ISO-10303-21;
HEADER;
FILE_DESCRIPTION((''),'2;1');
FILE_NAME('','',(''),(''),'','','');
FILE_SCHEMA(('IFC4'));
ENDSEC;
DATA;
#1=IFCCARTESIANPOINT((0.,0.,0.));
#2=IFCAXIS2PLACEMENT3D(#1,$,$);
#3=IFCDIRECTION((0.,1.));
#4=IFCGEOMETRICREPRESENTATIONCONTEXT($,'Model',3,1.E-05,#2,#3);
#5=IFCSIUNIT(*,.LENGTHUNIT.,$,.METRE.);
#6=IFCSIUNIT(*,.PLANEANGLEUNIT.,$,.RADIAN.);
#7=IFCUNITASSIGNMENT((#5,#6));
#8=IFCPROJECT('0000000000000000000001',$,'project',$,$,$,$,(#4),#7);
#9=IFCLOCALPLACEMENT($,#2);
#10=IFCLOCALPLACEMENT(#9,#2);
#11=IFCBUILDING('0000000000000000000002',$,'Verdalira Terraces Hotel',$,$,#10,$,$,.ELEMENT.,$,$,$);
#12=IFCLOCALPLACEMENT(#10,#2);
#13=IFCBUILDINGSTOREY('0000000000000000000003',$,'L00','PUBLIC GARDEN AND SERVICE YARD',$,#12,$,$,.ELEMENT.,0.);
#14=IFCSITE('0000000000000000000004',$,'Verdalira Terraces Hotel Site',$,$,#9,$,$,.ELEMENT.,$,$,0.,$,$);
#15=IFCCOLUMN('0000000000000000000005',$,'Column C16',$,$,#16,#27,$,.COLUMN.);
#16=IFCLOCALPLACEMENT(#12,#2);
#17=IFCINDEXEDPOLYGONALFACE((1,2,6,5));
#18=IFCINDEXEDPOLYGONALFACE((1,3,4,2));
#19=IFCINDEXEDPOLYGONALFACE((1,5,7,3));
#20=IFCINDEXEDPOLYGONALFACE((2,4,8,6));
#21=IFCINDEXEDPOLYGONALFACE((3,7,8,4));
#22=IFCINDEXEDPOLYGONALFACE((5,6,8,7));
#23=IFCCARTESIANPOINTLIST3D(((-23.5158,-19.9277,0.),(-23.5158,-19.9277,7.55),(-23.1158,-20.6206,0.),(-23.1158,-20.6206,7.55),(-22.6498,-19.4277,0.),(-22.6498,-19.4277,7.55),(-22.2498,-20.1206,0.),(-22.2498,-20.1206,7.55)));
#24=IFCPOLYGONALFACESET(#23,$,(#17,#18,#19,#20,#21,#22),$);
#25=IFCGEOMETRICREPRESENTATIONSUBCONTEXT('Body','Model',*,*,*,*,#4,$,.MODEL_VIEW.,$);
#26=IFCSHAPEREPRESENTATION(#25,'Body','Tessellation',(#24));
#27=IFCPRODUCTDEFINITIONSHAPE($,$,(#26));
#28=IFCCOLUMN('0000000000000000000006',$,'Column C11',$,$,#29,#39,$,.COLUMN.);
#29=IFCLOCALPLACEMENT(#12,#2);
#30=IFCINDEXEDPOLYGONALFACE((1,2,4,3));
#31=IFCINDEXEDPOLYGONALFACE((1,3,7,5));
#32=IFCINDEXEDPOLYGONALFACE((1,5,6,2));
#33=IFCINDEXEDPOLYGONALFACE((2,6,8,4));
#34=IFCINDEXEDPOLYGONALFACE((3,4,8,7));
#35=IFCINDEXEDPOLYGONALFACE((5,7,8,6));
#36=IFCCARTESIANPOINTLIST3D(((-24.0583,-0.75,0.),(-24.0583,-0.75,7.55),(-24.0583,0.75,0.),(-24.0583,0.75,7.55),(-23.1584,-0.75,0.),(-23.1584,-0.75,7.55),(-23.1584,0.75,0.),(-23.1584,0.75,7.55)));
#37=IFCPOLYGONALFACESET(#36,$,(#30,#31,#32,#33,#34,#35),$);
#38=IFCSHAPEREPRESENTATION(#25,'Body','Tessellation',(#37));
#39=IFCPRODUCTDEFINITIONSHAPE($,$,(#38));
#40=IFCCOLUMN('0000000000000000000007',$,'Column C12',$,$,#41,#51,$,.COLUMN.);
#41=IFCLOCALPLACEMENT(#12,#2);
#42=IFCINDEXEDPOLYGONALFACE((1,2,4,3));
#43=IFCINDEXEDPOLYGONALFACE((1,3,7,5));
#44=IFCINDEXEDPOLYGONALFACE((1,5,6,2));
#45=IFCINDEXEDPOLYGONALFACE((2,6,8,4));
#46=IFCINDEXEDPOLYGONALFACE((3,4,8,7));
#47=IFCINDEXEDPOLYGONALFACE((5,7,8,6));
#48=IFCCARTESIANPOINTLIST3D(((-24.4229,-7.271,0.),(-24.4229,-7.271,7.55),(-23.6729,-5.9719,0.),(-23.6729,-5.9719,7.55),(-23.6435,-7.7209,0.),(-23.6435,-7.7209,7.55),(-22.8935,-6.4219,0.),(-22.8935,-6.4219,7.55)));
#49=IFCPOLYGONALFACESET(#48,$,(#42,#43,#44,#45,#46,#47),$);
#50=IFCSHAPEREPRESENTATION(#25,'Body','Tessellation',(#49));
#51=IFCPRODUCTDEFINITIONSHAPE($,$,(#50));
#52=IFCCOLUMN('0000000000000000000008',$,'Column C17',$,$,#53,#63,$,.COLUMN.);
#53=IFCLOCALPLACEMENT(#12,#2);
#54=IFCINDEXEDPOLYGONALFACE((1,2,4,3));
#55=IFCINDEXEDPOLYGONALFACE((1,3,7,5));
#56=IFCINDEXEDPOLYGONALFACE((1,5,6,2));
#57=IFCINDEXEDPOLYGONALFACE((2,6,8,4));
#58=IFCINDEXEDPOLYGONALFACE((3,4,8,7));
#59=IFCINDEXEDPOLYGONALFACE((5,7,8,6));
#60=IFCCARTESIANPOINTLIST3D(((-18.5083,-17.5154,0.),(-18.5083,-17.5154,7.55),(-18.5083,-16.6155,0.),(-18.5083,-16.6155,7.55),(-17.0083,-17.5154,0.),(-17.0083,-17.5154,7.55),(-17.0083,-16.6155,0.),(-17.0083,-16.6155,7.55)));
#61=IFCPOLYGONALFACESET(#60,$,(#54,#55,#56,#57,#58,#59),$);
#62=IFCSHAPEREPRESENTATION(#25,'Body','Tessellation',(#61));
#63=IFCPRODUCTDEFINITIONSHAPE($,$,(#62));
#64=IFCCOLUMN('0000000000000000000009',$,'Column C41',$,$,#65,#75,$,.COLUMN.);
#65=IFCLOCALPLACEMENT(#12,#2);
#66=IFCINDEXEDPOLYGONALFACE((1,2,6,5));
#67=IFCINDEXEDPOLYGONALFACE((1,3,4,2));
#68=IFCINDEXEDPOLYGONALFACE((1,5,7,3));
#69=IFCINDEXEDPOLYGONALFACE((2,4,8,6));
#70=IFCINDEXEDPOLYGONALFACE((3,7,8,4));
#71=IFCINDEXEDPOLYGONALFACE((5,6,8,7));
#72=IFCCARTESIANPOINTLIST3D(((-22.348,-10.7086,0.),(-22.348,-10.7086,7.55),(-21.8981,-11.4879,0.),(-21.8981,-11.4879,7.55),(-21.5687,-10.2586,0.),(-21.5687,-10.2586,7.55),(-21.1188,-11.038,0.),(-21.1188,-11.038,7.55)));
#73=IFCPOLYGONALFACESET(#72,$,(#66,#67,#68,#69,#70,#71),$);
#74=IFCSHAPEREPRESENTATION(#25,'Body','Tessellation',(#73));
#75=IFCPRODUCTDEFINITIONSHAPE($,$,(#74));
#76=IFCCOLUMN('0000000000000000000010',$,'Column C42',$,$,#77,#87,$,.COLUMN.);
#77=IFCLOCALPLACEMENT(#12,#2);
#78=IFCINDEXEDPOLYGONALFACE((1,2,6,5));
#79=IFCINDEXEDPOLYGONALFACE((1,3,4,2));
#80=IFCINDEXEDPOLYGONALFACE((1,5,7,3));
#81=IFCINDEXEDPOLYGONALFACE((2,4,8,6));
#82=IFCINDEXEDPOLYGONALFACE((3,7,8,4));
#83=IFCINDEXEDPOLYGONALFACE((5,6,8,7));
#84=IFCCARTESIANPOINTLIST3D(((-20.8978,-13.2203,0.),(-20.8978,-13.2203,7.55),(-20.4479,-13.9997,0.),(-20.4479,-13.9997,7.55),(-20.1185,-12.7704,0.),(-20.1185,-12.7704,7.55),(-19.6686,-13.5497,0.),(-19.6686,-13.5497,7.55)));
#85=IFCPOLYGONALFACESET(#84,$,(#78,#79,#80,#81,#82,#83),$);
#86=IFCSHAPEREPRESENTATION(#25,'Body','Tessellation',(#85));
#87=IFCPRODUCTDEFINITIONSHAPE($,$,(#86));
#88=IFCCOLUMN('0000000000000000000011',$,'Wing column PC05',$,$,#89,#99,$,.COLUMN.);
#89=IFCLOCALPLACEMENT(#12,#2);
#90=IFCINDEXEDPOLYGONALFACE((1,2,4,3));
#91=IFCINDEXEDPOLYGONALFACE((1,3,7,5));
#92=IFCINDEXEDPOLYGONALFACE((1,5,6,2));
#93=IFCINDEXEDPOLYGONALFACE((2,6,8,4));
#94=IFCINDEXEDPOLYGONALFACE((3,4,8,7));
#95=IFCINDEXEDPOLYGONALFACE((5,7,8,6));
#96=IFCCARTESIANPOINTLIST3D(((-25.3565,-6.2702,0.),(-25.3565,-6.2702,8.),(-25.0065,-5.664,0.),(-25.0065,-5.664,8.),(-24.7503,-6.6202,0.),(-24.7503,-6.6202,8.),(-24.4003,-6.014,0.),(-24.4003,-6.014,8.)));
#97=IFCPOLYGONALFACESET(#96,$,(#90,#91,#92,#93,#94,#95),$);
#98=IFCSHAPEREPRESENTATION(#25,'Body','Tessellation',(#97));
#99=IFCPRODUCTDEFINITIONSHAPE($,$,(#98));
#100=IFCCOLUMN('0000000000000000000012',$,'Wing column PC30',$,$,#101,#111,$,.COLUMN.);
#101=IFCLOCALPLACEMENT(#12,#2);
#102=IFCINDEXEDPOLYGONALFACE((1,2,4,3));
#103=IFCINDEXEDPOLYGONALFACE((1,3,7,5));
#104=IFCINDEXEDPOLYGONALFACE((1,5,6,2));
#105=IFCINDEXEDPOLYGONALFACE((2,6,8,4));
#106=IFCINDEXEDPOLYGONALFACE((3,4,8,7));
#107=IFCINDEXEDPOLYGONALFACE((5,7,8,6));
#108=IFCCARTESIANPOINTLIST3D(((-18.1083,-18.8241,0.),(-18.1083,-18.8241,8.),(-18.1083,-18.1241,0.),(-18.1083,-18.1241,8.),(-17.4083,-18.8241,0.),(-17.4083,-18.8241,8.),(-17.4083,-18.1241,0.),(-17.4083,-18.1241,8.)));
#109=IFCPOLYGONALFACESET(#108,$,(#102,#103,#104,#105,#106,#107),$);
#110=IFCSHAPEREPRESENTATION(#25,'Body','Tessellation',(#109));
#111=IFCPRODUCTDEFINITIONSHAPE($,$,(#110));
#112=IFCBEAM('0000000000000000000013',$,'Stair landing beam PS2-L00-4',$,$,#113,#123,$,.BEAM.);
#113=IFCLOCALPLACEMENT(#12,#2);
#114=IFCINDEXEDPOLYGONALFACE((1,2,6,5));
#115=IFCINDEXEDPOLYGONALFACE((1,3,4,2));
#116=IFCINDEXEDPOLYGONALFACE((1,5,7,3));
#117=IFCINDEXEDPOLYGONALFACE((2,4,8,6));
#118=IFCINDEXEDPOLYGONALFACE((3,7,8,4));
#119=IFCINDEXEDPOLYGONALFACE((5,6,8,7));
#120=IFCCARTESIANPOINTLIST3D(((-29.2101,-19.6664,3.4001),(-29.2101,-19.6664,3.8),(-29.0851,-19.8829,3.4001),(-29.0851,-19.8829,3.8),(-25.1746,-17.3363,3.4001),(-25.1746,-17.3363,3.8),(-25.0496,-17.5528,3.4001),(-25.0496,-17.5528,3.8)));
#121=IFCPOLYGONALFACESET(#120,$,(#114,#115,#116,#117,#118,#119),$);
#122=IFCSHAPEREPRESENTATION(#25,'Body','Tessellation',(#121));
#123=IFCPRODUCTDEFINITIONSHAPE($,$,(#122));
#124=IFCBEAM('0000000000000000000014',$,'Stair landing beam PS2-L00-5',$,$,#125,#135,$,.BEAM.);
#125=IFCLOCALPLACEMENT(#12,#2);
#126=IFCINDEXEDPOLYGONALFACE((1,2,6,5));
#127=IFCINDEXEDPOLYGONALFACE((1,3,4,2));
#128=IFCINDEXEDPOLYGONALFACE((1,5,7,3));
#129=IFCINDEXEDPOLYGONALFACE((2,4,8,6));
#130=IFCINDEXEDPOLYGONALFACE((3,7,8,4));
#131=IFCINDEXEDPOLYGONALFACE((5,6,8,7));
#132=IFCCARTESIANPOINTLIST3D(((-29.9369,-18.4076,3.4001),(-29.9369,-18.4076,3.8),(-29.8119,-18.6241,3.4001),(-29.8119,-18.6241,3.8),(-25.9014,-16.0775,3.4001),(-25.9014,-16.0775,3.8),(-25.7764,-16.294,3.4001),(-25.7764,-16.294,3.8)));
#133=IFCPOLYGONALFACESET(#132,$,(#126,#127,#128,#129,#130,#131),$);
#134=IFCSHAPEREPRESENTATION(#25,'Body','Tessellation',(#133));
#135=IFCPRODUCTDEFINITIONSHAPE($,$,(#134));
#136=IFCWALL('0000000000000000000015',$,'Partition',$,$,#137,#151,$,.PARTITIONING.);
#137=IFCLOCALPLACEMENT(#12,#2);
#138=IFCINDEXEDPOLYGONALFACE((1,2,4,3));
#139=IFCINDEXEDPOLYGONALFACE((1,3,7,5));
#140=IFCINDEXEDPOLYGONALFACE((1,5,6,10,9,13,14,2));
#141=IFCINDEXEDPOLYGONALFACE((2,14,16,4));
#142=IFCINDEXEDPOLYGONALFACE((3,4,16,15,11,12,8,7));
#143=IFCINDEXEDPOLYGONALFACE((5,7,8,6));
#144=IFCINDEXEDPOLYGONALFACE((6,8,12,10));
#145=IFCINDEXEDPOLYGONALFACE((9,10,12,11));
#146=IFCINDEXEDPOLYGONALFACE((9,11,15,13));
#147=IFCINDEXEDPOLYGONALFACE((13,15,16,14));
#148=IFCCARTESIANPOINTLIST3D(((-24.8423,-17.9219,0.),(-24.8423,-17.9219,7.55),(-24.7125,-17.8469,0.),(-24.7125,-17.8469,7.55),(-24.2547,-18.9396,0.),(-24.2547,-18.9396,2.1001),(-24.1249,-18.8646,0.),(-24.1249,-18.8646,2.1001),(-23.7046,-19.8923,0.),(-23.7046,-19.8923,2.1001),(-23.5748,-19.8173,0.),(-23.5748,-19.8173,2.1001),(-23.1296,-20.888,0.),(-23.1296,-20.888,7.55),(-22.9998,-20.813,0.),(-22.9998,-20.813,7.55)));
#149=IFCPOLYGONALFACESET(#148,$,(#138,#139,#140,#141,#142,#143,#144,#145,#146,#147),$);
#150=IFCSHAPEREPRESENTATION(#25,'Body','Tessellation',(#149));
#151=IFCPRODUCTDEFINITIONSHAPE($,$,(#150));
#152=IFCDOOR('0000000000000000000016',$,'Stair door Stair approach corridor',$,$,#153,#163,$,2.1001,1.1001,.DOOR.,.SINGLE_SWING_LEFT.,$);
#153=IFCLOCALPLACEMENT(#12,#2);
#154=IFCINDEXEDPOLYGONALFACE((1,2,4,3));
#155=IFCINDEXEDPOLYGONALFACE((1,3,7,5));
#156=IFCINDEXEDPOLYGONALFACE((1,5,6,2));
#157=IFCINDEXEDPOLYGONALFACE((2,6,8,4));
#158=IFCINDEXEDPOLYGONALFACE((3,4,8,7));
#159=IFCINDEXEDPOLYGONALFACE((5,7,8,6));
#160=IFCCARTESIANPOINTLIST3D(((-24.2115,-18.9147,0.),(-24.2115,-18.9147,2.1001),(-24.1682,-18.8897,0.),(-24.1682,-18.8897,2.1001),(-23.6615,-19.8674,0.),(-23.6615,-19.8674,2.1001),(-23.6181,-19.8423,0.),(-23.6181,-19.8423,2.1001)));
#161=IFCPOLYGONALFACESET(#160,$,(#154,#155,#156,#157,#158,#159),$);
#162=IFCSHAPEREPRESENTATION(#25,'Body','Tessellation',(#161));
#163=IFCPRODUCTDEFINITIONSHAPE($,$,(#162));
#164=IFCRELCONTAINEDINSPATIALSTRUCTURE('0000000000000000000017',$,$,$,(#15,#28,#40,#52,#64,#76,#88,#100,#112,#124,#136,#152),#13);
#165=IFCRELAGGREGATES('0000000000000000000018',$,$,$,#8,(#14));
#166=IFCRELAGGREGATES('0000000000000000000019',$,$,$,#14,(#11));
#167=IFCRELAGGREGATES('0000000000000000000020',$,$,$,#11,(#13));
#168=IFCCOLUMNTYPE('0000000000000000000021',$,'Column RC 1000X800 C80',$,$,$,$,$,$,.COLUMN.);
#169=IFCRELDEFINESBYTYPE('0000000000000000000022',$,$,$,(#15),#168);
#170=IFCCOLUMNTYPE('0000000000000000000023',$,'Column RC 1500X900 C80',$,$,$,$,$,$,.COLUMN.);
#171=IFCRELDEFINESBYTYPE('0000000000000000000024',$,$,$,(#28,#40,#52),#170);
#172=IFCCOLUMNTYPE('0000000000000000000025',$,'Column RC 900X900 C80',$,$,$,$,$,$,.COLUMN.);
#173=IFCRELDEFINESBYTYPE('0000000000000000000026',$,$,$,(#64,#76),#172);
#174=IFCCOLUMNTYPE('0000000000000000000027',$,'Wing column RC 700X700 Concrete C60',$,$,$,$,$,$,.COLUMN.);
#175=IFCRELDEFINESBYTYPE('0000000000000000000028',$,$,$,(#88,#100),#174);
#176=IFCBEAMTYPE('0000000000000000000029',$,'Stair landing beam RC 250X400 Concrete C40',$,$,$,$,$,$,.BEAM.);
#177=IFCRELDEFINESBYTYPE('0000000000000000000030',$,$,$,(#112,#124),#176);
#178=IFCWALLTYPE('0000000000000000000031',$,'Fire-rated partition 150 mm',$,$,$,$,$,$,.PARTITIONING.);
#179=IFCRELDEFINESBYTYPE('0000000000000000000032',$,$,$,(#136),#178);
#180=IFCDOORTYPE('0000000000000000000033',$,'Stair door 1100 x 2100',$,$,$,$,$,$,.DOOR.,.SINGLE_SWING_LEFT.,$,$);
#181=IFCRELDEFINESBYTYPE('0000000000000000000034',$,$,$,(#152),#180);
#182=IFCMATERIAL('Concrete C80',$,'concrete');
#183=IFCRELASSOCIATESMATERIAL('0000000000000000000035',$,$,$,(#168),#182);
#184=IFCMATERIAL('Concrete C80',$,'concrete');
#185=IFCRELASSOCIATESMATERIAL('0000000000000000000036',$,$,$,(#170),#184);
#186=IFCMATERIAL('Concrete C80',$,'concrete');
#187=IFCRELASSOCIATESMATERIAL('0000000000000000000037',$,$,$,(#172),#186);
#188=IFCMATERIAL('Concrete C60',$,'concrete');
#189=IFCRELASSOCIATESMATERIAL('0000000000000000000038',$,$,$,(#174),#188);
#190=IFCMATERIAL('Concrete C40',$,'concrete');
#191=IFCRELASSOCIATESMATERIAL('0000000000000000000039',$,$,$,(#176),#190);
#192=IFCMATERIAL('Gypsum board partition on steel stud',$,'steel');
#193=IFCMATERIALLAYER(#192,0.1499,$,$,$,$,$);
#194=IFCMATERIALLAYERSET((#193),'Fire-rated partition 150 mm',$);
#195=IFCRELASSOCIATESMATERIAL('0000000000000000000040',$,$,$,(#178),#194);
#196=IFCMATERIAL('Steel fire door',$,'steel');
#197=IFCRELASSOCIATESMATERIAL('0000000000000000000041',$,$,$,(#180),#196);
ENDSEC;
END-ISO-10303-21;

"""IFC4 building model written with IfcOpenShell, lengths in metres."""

from ifc_helpers import new_model, si_unit, direction, frame, frame_2d, origin, origin_2d, place, context, subcontext, project, spatial, rectangle, extrude, material, layer, layer_set, material_profile, profile_set, type_object, element, fill, save


model = new_model("IFC4")

# Units and contexts
model_context = context("Model", 3, precision=1e-05, world=origin(), true_north=direction((0.0, 1.0)))
body_context = subcontext(model_context, "Body", "Model", "MODEL_VIEW")
ifc_project = project(units=[si_unit("LENGTHUNIT", "METRE"), si_unit("PLANEANGLEUNIT", "RADIAN")], contexts=[model_context])

# Site, building, storey
site_placement = place(None, origin())
site = spatial("IfcSite", under=ifc_project, at=site_placement, Name="Verdalira Terraces Hotel Site", CompositionType="ELEMENT", RefElevation=0.0)
building_placement = place(site_placement, origin())
building = spatial("IfcBuilding", under=site, at=building_placement, Name="Verdalira Terraces Hotel", CompositionType="ELEMENT")
storey_placement = place(building_placement, origin())
storey = spatial("IfcBuildingStorey", under=building, at=storey_placement, Name="L00", Description="PUBLIC GARDEN AND SERVICE YARD", CompositionType="ELEMENT", Elevation=0.0)

# Columns
ifc_material_1 = material(Name="Concrete C80", Category="concrete")
ifc_material_profile_1 = material_profile(ifc_material_1, rectangle(XDim=1.0, YDim=0.8, at=origin_2d()), Name="RC 1000X800")
ifc_profile_set_1 = profile_set([ifc_material_profile_1], Name="Concrete C80")
column_type_1 = type_object("IfcColumnType", Name="Column RC 1000X800 C80", PredefinedType="COLUMN", material=ifc_profile_set_1)
column_placement = place(storey_placement, frame((-22.8828, -20.0242, 0.0), z_axis=(0.0, 0.0, 1.0), x_axis=(0.866025, 0.5, 0.0)))
element("IfcColumn", 1, at=column_placement, inside=storey, type_object=column_type_1, Name="Column C16", PredefinedType="COLUMN", context=body_context, shape_type="SweptSolid", body=[
    extrude(rectangle(XDim=1.0, YDim=0.8, at=origin_2d()), origin(), (0.0, 0.0, 1.0), 7.55),
])
ifc_material_2 = material(Name="Concrete C80", Category="concrete")
ifc_material_profile_2 = material_profile(ifc_material_2, rectangle(XDim=1.5, YDim=0.8999, at=origin_2d()), Name="RC 1500X900")
ifc_profile_set_2 = profile_set([ifc_material_profile_2], Name="Concrete C80")
column_type_2 = type_object("IfcColumnType", Name="Column RC 1500X900 C80", PredefinedType="COLUMN", material=ifc_profile_set_2)
for number, where, z_axis, x_axis, name in (
    (2, (-23.6084, 0.0, 0.0), (0.0, 0.0, 1.0), (0.0, -1.0, 0.0), "Column C11"),
    (3, (-23.6582, -6.8464, 0.0), (0.0, 0.0, 1.0), (0.5, 0.866025, 0.0), "Column C12"),
    (4, (-17.7583, -17.0654, 0.0), (0.0, 0.0, 1.0), (-1.0, 0.0, 0.0), "Column C17"),
):
    element("IfcColumn", number, at=place(storey_placement, frame(where, z_axis=z_axis, x_axis=x_axis)), inside=storey, type_object=column_type_2, Name=name, PredefinedType="COLUMN", context=body_context, shape_type="SweptSolid", body=[
        extrude(rectangle(XDim=1.5, YDim=0.8999, at=origin_2d()), origin(), (0.0, 0.0, 1.0), 7.55),
    ])
ifc_material_3 = material(Name="Concrete C80", Category="concrete")
ifc_material_profile_3 = material_profile(ifc_material_3, rectangle(XDim=0.8999, YDim=0.8999, at=origin_2d()), Name="RC 900X900")
ifc_profile_set_3 = profile_set([ifc_material_profile_3], Name="Concrete C80")
column_type_3 = type_object("IfcColumnType", Name="Column RC 900X900 C80", PredefinedType="COLUMN", material=ifc_profile_set_3)
for number, where, z_axis, x_axis, name in (
    (5, (-21.7334, -10.8733, 0.0), (0.0, 0.0, 1.0), (-0.866025, -0.5, 0.0), "Column C41"),
    (6, (-20.2832, -13.385, 0.0), (0.0, 0.0, 1.0), (-0.866025, -0.5, 0.0), "Column C42"),
):
    element("IfcColumn", number, at=place(storey_placement, frame(where, z_axis=z_axis, x_axis=x_axis)), inside=storey, type_object=column_type_3, Name=name, PredefinedType="COLUMN", context=body_context, shape_type="SweptSolid", body=[
        extrude(rectangle(XDim=0.8999, YDim=0.8999, at=origin_2d()), origin(), (0.0, 0.0, 1.0), 7.55),
    ])
ifc_material_4 = material(Name="Concrete C60", Category="concrete")
ifc_material_profile_4 = material_profile(ifc_material_4, rectangle(XDim=0.7, YDim=0.7, at=origin_2d()), Name="RC 700X700")
ifc_profile_set_4 = profile_set([ifc_material_profile_4], Name="Concrete C60")
column_type_4 = type_object("IfcColumnType", Name="Wing column RC 700X700 Concrete C60", PredefinedType="COLUMN", material=ifc_profile_set_4)
for number, where, z_axis, x_axis, name in (
    (7, (-24.8784, -6.1421, 0.0), (0.0, 0.0, 1.0), (-0.866025, 0.5, 0.0), "Wing column PC05"),
    (8, (-17.7583, -18.4741, 0.0), (0.0, 0.0, 1.0), (0.0, -1.0, 0.0), "Wing column PC30"),
):
    element("IfcColumn", number, at=place(storey_placement, frame(where, z_axis=z_axis, x_axis=x_axis)), inside=storey, type_object=column_type_4, Name=name, PredefinedType="COLUMN", context=body_context, shape_type="SweptSolid", body=[
        extrude(rectangle(XDim=0.7, YDim=0.7, at=origin_2d()), origin(), (0.0, 0.0, 1.0), 8.0),
    ])

# Beams
ifc_material_5 = material(Name="Concrete C40", Category="concrete")
ifc_material_profile_5 = material_profile(ifc_material_5, rectangle(XDim=0.25, YDim=0.3999, at=origin_2d()), Name="RC 250X400")
ifc_profile_set_5 = profile_set([ifc_material_profile_5], Name="Concrete C40")
beam_type = type_object("IfcBeamType", Name="Stair landing beam RC 250X400 Concrete C40", PredefinedType="BEAM", material=ifc_profile_set_5)
for number, where, z_axis, x_axis, name in (
    (9, (-25.1121, -17.4446, 3.6001), (-0.866016, -0.500016, 0.0), (0.500016, -0.866016, 0.0), "Stair landing beam PS2-L00-4"),
    (10, (-25.8389, -16.1858, 3.6001), (-0.866016, -0.500016, 0.0), (0.500016, -0.866016, 0.0), "Stair landing beam PS2-L00-5"),
):
    element("IfcBeam", number, at=place(storey_placement, frame(where, z_axis=z_axis, x_axis=x_axis)), inside=storey, type_object=beam_type, Name=name, PredefinedType="BEAM", context=body_context, shape_type="SweptSolid", body=[
        extrude(rectangle(XDim=0.25, YDim=0.3999, at=origin_2d()), origin(), (0.0, 0.0, 1.0), 4.6599),
    ])

# Wall, opening, door
ifc_material_6 = material(Name="Gypsum board partition on steel stud", Category="steel")
ifc_layer_1 = layer(ifc_material_6, 0.1499)
ifc_layer_set_1 = layer_set([ifc_layer_1], Name="Fire-rated partition 150 mm")
wall_type_1 = type_object("IfcWallType", Name="Fire-rated partition 150 mm", PredefinedType="PARTITIONING", material=ifc_layer_set_1)
wall_1_placement = place(storey_placement, frame((-24.7773, -17.8845, 0.0), z_axis=(0.0, 0.0, 1.0), x_axis=(0.500041, -0.866002, 0.0)))
wall_1 = element("IfcWall", 11, at=wall_1_placement, inside=storey, type_object=wall_type_1, Name="Partition", PredefinedType="PARTITIONING", context=body_context, shape_type="SweptSolid", body=[
    extrude(rectangle(XDim=3.425, YDim=0.1499, at=frame_2d((1.7124, 0.0))), origin(), (0.0, 0.0, 1.0), 7.55),
])
opening_1_placement = place(wall_1_placement, frame((1.175, 0.0, 0.0)))
opening_1 = element("IfcOpeningElement", 12, at=opening_1_placement, cuts=wall_1, PredefinedType="OPENING", context=body_context, shape_type="SweptSolid", body=[
    extrude(rectangle(XDim=1.1001, YDim=2.1001, at=frame_2d((0.55, 1.05))), frame((0.0, 0.085, 0.0), z_axis=(0.0, -1.0, 0.0), x_axis=(1.0, 0.0, 0.0)), (0.0, 0.0, 1.0), 0.1699),
])
ifc_material_7 = material(Name="Steel fire door", Category="steel")
door_type_1 = type_object("IfcDoorType", Name="Stair door 1100 x 2100", OperationType="SINGLE_SWING_LEFT", PredefinedType="DOOR", material=ifc_material_7)
door_1_placement = place(opening_1_placement, origin())
door_1 = element("IfcDoor", 13, at=door_1_placement, inside=storey, type_object=door_type_1, Name="Stair door Stair approach corridor", OperationType="SINGLE_SWING_LEFT", OverallHeight=2.1001, OverallWidth=1.1001, PredefinedType="DOOR", context=body_context, shape_type="SweptSolid", body=[
    extrude(rectangle(XDim=1.1001, YDim=2.1001, at=frame_2d((0.55, 1.05))), frame((0.0, 0.0249, 0.0), z_axis=(0.0, -1.0, 0.0), x_axis=(1.0, 0.0, 0.0)), (0.0, 0.0, 1.0), 0.05),
])
fill(opening_1, door_1)

save(model, "model.ifc")
